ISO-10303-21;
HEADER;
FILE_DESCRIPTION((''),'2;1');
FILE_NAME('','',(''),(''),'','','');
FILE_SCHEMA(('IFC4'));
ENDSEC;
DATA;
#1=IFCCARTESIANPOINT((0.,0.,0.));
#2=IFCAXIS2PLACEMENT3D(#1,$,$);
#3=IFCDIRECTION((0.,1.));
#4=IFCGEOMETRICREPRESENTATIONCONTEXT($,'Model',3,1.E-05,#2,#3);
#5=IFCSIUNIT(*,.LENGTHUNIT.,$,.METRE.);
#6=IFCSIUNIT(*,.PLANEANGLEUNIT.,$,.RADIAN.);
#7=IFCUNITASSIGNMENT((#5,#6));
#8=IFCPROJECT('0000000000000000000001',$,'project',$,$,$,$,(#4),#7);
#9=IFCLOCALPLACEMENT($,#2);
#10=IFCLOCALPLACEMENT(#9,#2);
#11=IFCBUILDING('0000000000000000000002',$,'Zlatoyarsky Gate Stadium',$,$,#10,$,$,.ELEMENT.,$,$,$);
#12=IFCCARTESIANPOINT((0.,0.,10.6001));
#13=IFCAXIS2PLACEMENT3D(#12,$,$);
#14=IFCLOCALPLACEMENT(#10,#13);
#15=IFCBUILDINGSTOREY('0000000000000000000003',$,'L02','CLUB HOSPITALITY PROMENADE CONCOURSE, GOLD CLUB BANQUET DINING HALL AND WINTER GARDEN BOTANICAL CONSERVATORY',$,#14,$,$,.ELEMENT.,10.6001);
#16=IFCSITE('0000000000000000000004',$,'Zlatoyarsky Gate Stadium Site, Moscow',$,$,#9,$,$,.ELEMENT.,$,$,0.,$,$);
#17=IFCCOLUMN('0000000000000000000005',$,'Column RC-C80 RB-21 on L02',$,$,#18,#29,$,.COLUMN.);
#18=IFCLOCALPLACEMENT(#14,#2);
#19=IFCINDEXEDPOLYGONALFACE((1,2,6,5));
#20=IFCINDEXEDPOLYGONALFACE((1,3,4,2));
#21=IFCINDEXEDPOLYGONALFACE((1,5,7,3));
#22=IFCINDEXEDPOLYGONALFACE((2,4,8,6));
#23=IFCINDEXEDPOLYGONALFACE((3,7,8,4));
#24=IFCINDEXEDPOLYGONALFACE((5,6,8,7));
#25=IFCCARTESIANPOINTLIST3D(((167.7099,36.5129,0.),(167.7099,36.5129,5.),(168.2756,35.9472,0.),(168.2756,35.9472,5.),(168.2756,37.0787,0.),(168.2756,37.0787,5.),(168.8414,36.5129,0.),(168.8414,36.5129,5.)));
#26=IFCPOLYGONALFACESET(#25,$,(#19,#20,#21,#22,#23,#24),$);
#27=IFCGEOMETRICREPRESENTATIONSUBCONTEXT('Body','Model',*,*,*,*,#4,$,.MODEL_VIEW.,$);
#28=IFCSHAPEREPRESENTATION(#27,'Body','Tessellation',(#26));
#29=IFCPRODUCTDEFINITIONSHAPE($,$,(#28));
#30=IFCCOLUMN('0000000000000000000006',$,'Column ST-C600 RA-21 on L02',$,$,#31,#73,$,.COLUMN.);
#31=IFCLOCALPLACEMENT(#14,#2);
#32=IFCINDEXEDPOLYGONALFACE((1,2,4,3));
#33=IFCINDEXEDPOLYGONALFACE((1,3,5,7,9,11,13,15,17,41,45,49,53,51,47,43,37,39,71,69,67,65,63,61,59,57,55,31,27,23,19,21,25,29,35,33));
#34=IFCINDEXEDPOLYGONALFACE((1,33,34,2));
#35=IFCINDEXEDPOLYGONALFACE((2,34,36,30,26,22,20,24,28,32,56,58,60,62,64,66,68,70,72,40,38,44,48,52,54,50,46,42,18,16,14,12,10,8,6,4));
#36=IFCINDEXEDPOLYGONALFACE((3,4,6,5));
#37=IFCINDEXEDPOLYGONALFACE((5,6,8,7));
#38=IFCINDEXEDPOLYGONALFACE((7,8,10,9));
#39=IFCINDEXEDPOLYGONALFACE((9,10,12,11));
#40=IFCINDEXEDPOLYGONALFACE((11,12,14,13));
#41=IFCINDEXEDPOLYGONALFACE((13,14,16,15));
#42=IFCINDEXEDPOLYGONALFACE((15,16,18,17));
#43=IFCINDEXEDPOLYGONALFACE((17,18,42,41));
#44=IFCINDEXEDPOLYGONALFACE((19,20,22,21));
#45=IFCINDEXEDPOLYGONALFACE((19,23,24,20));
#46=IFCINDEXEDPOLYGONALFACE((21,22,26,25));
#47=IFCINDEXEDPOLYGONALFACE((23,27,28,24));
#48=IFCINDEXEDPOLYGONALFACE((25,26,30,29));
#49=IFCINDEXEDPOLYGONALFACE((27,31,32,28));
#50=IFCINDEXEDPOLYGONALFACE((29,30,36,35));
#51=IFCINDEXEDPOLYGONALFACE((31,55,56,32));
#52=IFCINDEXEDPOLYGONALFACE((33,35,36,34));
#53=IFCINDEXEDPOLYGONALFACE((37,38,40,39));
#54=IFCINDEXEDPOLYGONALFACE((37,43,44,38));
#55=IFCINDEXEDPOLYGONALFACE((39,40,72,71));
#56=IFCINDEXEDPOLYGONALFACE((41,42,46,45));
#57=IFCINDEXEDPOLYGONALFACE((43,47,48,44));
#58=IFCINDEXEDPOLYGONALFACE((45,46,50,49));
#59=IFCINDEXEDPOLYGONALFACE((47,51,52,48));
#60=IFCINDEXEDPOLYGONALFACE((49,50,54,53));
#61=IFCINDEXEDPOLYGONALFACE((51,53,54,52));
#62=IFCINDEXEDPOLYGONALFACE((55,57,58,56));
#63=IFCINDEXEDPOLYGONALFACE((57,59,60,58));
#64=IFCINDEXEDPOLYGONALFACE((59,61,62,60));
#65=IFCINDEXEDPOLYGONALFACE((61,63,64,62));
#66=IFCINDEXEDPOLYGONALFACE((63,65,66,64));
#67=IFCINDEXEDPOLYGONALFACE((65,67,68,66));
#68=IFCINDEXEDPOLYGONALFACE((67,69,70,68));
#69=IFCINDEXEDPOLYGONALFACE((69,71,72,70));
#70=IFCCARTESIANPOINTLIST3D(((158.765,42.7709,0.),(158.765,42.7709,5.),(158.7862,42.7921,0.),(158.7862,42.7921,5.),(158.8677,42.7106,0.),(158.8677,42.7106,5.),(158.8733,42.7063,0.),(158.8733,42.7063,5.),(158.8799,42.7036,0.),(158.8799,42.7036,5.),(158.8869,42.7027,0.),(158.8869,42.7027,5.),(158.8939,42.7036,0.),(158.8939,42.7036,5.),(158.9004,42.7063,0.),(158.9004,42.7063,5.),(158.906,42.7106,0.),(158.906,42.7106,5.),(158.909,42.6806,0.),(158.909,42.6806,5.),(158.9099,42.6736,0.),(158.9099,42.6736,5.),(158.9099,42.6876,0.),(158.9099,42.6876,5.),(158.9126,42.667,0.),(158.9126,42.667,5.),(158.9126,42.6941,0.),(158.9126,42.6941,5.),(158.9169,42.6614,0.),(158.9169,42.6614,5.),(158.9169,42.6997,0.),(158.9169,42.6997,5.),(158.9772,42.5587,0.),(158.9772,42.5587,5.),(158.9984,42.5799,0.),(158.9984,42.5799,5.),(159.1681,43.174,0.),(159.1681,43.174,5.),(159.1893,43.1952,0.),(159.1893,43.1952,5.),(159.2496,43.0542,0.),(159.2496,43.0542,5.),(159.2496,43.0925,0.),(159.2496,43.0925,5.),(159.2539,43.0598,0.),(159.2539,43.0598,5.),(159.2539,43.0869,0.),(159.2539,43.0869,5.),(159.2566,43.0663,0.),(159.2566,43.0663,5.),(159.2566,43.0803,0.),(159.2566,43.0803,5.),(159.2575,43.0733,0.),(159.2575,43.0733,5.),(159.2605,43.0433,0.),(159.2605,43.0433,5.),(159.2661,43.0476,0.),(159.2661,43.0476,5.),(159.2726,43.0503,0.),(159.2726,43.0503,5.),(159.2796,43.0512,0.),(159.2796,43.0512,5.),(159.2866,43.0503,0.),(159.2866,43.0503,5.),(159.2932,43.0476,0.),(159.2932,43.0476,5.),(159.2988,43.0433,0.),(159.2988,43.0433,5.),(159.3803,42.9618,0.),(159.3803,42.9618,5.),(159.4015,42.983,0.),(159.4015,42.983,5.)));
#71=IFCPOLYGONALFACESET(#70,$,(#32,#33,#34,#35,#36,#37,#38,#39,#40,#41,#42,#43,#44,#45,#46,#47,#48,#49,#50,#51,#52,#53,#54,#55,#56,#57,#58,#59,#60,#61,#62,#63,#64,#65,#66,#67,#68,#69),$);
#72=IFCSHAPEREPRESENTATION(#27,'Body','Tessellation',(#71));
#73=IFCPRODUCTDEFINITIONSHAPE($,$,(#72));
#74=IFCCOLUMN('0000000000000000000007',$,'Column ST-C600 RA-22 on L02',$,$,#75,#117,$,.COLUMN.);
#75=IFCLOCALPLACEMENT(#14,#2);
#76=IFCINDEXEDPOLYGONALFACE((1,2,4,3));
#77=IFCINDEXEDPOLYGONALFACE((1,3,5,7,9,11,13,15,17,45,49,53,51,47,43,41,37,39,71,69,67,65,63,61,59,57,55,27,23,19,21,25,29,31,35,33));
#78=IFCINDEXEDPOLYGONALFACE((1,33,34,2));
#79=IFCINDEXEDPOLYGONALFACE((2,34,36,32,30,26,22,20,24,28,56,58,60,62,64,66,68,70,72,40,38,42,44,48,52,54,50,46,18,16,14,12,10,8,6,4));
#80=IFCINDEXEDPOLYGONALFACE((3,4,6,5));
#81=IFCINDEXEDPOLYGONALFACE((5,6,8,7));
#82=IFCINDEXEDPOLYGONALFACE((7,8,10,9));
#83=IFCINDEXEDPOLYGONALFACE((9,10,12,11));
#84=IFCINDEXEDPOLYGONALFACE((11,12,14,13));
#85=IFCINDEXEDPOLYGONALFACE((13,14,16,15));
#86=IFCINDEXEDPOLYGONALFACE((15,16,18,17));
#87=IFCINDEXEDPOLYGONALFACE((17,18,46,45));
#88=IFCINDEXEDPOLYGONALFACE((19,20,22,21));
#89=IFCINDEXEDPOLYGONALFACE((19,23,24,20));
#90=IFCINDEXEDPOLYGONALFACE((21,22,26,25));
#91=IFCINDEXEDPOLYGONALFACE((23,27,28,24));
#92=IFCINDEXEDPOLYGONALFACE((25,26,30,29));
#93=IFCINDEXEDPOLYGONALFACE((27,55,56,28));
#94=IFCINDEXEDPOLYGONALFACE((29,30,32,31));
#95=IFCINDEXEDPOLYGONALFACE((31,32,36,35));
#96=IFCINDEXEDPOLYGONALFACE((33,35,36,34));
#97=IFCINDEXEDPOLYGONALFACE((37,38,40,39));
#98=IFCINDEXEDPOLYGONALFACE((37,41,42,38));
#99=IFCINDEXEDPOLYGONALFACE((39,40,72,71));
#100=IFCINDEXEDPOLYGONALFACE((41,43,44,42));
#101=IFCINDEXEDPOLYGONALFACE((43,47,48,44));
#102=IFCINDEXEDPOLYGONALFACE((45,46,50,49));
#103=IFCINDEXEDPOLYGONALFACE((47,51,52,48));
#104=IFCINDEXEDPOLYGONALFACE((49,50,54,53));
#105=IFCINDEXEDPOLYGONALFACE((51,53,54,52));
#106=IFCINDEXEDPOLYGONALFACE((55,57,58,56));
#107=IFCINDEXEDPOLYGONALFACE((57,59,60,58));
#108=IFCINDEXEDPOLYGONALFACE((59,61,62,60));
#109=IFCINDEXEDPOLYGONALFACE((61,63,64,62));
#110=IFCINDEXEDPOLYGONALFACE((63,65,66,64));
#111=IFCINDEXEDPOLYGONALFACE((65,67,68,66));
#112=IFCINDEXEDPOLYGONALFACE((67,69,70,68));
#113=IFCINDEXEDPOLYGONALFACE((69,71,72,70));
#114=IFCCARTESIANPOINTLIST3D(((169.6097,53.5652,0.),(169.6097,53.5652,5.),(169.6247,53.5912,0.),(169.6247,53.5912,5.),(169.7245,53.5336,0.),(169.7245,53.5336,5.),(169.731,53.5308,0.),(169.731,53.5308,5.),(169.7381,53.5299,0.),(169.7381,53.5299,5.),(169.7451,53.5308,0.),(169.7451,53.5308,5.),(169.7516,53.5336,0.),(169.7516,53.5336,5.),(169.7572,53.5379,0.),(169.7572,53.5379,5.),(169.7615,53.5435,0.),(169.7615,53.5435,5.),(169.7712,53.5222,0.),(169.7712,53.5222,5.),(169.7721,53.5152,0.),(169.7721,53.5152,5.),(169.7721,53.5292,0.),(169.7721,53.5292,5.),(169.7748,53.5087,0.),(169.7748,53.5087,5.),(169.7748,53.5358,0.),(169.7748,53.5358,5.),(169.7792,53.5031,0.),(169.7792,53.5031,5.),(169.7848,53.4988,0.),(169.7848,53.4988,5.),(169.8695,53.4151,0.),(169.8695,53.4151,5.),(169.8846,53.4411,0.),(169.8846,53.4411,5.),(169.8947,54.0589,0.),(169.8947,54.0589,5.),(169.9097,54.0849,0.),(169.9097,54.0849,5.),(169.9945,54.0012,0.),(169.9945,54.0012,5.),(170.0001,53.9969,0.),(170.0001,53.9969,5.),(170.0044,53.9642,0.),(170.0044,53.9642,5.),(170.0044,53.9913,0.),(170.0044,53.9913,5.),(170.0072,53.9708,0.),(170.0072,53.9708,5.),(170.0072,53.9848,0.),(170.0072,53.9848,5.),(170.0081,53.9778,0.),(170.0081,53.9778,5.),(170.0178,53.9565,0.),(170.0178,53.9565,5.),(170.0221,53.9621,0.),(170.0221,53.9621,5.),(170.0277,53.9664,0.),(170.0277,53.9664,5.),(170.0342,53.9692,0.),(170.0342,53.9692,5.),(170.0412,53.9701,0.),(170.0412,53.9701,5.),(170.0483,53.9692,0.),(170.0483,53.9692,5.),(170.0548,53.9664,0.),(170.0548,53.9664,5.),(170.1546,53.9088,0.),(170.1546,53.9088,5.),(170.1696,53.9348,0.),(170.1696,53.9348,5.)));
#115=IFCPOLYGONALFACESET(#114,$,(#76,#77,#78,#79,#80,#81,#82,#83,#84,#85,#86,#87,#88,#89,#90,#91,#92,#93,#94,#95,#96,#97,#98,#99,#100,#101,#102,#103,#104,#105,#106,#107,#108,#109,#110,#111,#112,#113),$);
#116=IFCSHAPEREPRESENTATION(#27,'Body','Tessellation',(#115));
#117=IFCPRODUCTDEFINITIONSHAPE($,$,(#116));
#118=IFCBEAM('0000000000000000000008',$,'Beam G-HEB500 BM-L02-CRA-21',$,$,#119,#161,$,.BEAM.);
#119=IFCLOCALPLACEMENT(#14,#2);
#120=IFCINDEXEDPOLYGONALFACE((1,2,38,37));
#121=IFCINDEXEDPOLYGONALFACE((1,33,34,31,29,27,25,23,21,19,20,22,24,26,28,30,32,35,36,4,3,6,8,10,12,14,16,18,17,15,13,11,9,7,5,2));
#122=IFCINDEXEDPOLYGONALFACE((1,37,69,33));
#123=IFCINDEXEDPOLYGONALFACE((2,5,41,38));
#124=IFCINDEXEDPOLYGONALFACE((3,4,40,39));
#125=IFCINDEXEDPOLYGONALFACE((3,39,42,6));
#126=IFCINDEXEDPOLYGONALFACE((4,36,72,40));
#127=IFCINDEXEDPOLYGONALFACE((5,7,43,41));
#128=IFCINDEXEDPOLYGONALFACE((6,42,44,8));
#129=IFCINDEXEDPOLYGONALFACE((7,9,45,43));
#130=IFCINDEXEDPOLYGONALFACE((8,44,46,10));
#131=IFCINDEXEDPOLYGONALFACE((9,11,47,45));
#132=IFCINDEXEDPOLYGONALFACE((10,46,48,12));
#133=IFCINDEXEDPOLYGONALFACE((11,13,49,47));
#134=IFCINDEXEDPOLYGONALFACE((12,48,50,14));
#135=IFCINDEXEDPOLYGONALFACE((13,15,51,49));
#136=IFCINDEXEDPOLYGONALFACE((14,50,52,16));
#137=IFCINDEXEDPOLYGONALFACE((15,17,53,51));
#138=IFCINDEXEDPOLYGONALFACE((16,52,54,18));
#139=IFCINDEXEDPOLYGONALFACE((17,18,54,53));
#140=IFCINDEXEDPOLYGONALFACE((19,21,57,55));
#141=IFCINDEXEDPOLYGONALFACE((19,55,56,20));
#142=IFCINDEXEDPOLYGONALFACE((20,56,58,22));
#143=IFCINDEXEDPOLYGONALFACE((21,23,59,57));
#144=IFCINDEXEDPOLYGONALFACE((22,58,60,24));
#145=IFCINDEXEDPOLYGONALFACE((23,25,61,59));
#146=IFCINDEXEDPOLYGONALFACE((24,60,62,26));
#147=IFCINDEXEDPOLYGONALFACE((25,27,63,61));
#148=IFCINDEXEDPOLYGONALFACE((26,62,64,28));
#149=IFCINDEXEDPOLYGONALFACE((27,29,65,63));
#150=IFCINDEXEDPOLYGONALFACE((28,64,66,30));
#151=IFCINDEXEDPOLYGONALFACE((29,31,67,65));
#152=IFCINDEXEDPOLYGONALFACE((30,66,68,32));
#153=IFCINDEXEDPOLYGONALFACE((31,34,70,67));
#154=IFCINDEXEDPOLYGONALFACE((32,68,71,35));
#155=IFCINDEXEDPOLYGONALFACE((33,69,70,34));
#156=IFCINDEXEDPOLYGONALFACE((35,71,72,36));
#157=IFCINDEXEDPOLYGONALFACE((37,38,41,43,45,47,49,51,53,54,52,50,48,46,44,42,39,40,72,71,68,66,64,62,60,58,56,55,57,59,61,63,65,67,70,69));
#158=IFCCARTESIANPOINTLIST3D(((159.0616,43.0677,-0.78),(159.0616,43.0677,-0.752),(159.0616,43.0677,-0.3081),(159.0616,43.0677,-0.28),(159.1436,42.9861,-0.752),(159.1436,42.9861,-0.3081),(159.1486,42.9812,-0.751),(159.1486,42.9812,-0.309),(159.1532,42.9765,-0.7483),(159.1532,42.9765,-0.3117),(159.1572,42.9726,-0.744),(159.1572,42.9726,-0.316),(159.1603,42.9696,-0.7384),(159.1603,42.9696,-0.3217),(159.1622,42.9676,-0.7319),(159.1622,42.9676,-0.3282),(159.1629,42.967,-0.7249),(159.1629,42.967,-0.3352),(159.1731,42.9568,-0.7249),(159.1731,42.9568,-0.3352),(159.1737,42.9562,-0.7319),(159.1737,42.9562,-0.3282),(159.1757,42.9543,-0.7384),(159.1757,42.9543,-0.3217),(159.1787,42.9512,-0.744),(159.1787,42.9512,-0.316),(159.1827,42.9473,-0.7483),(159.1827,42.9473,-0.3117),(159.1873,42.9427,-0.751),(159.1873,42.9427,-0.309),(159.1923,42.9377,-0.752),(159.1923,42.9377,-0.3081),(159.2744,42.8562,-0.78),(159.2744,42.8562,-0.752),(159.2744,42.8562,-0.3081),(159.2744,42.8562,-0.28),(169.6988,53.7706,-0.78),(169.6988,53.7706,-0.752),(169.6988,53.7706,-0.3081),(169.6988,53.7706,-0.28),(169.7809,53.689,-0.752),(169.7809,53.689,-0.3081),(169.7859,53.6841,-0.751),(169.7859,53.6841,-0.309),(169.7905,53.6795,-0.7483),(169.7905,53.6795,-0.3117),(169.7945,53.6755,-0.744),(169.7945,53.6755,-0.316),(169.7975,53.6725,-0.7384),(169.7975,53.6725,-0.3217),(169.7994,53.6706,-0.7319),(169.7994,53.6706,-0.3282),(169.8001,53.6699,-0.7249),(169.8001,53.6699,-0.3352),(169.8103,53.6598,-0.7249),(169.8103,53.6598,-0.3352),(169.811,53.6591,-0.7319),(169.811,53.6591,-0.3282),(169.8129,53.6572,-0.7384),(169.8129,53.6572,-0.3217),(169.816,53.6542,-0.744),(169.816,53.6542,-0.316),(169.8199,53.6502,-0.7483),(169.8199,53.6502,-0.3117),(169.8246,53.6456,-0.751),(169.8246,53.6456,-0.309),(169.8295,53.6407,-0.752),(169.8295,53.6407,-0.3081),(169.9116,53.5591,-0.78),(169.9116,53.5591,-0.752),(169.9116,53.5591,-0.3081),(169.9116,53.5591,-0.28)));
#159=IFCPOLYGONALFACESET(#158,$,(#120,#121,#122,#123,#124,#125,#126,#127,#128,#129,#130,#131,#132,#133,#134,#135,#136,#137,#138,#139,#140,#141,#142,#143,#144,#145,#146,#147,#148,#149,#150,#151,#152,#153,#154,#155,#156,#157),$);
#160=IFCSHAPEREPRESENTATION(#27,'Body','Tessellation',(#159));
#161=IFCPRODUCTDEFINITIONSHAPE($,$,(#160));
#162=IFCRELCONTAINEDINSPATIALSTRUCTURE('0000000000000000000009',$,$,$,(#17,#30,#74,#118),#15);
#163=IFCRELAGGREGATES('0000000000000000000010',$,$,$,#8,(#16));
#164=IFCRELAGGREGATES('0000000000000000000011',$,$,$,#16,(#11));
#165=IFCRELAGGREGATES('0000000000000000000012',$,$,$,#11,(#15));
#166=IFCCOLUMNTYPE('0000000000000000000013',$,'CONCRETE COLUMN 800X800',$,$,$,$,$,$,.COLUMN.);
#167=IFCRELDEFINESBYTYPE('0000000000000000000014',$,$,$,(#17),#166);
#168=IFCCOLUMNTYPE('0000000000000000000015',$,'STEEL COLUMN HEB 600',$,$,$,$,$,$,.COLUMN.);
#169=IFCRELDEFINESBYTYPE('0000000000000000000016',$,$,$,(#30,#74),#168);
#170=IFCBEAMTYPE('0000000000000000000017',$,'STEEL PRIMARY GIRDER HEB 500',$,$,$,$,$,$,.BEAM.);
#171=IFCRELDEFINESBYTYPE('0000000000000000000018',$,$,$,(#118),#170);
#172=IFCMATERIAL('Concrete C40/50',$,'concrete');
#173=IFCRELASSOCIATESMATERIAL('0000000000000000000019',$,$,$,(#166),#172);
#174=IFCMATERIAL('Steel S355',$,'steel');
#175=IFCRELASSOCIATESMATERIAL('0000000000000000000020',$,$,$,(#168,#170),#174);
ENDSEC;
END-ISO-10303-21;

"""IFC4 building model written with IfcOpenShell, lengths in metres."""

from ifc_helpers import new_model, si_unit, direction, frame, origin, origin_2d, place, context, subcontext, project, spatial, rectangle, i_section, extrude, material, material_profile, profile_set, type_object, element, save


model = new_model("IFC4")

# Units and contexts
model_context = context("Model", 3, precision=1e-05, world=origin(), true_north=direction((0.0, 1.0)))
body_context = subcontext(model_context, "Body", "Model", "MODEL_VIEW")
ifc_project = project(units=[si_unit("LENGTHUNIT", "METRE"), si_unit("PLANEANGLEUNIT", "RADIAN")], contexts=[model_context])

# Site, building, storey
site_placement = place(None, origin())
site = spatial("IfcSite", under=ifc_project, at=site_placement, Name="Zlatoyarsky Gate Stadium Site, Moscow", CompositionType="ELEMENT", RefElevation=0.0)
building_placement = place(site_placement, origin())
building = spatial("IfcBuilding", under=site, at=building_placement, Name="Zlatoyarsky Gate Stadium", CompositionType="ELEMENT")
storey_placement = place(building_placement, frame((0.0, 0.0, 10.6001)))
storey = spatial("IfcBuildingStorey", under=building, at=storey_placement, Name="L02", Description="CLUB HOSPITALITY PROMENADE CONCOURSE, GOLD CLUB BANQUET DINING HALL AND WINTER GARDEN BOTANICAL CONSERVATORY", CompositionType="ELEMENT", Elevation=10.6001)

# Columns
ifc_material_1 = material(Name="Concrete C40/50", Category="concrete")
ifc_material_profile_1 = material_profile(ifc_material_1, rectangle(XDim=0.8, YDim=0.8, at=origin_2d()), Name="RC COL 800X800")
ifc_profile_set_1 = profile_set([ifc_material_profile_1], Name="Concrete C40/50")
column_type_1 = type_object("IfcColumnType", Name="CONCRETE COLUMN 800X800", PredefinedType="COLUMN", material=ifc_profile_set_1)
column_placement = place(storey_placement, frame((168.2756, 36.5129, 0.0), z_axis=(0.0, 0.0, 1.0), x_axis=(0.707107, -0.707107, 0.0)))
element("IfcColumn", 1, at=column_placement, inside=storey, type_object=column_type_1, Name="Column RC-C80 RB-21 on L02", PredefinedType="COLUMN", context=body_context, shape_type="SweptSolid", body=[
    extrude(rectangle(XDim=0.8, YDim=0.8, at=origin_2d()), origin(), (0.0, 0.0, 1.0), 5.0),
])
ifc_material_2 = material(Name="Steel S355", Category="steel")
ifc_material_profile_2 = material_profile(ifc_material_2, i_section(OverallWidth=0.3, OverallDepth=0.6001, WebThickness=0.0154, FlangeThickness=0.03, FilletRadius=0.0271, at=origin_2d()), Name="HEB 600")
ifc_profile_set_2 = profile_set([ifc_material_profile_2], Name="Steel S355")
column_type_2 = type_object("IfcColumnType", Name="STEEL COLUMN HEB 600", PredefinedType="COLUMN", material=ifc_profile_set_2)
for number, where, z_axis, x_axis, name in (
    (2, (159.0833, 42.877, 0.0), (0.0, 0.0, 1.0), (0.707107, -0.707107, 0.0), "Column ST-C600 RA-21 on L02"),
    (3, (169.8896, 53.75, 0.0), (0.0, 0.0, 1.0), (0.866025, -0.5, 0.0), "Column ST-C600 RA-22 on L02"),
):
    element("IfcColumn", number, at=place(storey_placement, frame(where, z_axis=z_axis, x_axis=x_axis)), inside=storey, type_object=column_type_2, Name=name, PredefinedType="COLUMN", context=body_context, shape_type="SweptSolid", body=[
        extrude(i_section(OverallWidth=0.3, OverallDepth=0.6001, WebThickness=0.0154, FlangeThickness=0.03, FilletRadius=0.0271, at=origin_2d()), origin(), (0.0, 0.0, 1.0), 5.0),
    ])

# Beam
ifc_material_profile_3 = material_profile(ifc_material_2, i_section(OverallWidth=0.3, OverallDepth=0.5, WebThickness=0.0144, FlangeThickness=0.0281, FilletRadius=0.0271, at=origin_2d()), Name="HEB 500")
ifc_profile_set_3 = profile_set([ifc_material_profile_3], Name="Steel S355")
beam_type_1 = type_object("IfcBeamType", Name="STEEL PRIMARY GIRDER HEB 500", PredefinedType="BEAM", material=ifc_profile_set_3)
beam_1_placement = place(storey_placement, frame((159.168, 42.9619, -0.53), z_axis=(0.704927, 0.70928, 0.0), x_axis=(-0.70928, 0.704927, 0.0)))
element("IfcBeam", 4, at=beam_1_placement, inside=storey, type_object=beam_type_1, Name="Beam G-HEB500 BM-L02-CRA-21", PredefinedType="BEAM", context=body_context, shape_type="SweptSolid", body=[
    extrude(i_section(OverallWidth=0.3, OverallDepth=0.5, WebThickness=0.0144, FlangeThickness=0.0281, FilletRadius=0.0271, at=origin_2d()), origin(), (0.0, 0.0, 1.0), 15.0898),
])

save(model, "model.ifc")
